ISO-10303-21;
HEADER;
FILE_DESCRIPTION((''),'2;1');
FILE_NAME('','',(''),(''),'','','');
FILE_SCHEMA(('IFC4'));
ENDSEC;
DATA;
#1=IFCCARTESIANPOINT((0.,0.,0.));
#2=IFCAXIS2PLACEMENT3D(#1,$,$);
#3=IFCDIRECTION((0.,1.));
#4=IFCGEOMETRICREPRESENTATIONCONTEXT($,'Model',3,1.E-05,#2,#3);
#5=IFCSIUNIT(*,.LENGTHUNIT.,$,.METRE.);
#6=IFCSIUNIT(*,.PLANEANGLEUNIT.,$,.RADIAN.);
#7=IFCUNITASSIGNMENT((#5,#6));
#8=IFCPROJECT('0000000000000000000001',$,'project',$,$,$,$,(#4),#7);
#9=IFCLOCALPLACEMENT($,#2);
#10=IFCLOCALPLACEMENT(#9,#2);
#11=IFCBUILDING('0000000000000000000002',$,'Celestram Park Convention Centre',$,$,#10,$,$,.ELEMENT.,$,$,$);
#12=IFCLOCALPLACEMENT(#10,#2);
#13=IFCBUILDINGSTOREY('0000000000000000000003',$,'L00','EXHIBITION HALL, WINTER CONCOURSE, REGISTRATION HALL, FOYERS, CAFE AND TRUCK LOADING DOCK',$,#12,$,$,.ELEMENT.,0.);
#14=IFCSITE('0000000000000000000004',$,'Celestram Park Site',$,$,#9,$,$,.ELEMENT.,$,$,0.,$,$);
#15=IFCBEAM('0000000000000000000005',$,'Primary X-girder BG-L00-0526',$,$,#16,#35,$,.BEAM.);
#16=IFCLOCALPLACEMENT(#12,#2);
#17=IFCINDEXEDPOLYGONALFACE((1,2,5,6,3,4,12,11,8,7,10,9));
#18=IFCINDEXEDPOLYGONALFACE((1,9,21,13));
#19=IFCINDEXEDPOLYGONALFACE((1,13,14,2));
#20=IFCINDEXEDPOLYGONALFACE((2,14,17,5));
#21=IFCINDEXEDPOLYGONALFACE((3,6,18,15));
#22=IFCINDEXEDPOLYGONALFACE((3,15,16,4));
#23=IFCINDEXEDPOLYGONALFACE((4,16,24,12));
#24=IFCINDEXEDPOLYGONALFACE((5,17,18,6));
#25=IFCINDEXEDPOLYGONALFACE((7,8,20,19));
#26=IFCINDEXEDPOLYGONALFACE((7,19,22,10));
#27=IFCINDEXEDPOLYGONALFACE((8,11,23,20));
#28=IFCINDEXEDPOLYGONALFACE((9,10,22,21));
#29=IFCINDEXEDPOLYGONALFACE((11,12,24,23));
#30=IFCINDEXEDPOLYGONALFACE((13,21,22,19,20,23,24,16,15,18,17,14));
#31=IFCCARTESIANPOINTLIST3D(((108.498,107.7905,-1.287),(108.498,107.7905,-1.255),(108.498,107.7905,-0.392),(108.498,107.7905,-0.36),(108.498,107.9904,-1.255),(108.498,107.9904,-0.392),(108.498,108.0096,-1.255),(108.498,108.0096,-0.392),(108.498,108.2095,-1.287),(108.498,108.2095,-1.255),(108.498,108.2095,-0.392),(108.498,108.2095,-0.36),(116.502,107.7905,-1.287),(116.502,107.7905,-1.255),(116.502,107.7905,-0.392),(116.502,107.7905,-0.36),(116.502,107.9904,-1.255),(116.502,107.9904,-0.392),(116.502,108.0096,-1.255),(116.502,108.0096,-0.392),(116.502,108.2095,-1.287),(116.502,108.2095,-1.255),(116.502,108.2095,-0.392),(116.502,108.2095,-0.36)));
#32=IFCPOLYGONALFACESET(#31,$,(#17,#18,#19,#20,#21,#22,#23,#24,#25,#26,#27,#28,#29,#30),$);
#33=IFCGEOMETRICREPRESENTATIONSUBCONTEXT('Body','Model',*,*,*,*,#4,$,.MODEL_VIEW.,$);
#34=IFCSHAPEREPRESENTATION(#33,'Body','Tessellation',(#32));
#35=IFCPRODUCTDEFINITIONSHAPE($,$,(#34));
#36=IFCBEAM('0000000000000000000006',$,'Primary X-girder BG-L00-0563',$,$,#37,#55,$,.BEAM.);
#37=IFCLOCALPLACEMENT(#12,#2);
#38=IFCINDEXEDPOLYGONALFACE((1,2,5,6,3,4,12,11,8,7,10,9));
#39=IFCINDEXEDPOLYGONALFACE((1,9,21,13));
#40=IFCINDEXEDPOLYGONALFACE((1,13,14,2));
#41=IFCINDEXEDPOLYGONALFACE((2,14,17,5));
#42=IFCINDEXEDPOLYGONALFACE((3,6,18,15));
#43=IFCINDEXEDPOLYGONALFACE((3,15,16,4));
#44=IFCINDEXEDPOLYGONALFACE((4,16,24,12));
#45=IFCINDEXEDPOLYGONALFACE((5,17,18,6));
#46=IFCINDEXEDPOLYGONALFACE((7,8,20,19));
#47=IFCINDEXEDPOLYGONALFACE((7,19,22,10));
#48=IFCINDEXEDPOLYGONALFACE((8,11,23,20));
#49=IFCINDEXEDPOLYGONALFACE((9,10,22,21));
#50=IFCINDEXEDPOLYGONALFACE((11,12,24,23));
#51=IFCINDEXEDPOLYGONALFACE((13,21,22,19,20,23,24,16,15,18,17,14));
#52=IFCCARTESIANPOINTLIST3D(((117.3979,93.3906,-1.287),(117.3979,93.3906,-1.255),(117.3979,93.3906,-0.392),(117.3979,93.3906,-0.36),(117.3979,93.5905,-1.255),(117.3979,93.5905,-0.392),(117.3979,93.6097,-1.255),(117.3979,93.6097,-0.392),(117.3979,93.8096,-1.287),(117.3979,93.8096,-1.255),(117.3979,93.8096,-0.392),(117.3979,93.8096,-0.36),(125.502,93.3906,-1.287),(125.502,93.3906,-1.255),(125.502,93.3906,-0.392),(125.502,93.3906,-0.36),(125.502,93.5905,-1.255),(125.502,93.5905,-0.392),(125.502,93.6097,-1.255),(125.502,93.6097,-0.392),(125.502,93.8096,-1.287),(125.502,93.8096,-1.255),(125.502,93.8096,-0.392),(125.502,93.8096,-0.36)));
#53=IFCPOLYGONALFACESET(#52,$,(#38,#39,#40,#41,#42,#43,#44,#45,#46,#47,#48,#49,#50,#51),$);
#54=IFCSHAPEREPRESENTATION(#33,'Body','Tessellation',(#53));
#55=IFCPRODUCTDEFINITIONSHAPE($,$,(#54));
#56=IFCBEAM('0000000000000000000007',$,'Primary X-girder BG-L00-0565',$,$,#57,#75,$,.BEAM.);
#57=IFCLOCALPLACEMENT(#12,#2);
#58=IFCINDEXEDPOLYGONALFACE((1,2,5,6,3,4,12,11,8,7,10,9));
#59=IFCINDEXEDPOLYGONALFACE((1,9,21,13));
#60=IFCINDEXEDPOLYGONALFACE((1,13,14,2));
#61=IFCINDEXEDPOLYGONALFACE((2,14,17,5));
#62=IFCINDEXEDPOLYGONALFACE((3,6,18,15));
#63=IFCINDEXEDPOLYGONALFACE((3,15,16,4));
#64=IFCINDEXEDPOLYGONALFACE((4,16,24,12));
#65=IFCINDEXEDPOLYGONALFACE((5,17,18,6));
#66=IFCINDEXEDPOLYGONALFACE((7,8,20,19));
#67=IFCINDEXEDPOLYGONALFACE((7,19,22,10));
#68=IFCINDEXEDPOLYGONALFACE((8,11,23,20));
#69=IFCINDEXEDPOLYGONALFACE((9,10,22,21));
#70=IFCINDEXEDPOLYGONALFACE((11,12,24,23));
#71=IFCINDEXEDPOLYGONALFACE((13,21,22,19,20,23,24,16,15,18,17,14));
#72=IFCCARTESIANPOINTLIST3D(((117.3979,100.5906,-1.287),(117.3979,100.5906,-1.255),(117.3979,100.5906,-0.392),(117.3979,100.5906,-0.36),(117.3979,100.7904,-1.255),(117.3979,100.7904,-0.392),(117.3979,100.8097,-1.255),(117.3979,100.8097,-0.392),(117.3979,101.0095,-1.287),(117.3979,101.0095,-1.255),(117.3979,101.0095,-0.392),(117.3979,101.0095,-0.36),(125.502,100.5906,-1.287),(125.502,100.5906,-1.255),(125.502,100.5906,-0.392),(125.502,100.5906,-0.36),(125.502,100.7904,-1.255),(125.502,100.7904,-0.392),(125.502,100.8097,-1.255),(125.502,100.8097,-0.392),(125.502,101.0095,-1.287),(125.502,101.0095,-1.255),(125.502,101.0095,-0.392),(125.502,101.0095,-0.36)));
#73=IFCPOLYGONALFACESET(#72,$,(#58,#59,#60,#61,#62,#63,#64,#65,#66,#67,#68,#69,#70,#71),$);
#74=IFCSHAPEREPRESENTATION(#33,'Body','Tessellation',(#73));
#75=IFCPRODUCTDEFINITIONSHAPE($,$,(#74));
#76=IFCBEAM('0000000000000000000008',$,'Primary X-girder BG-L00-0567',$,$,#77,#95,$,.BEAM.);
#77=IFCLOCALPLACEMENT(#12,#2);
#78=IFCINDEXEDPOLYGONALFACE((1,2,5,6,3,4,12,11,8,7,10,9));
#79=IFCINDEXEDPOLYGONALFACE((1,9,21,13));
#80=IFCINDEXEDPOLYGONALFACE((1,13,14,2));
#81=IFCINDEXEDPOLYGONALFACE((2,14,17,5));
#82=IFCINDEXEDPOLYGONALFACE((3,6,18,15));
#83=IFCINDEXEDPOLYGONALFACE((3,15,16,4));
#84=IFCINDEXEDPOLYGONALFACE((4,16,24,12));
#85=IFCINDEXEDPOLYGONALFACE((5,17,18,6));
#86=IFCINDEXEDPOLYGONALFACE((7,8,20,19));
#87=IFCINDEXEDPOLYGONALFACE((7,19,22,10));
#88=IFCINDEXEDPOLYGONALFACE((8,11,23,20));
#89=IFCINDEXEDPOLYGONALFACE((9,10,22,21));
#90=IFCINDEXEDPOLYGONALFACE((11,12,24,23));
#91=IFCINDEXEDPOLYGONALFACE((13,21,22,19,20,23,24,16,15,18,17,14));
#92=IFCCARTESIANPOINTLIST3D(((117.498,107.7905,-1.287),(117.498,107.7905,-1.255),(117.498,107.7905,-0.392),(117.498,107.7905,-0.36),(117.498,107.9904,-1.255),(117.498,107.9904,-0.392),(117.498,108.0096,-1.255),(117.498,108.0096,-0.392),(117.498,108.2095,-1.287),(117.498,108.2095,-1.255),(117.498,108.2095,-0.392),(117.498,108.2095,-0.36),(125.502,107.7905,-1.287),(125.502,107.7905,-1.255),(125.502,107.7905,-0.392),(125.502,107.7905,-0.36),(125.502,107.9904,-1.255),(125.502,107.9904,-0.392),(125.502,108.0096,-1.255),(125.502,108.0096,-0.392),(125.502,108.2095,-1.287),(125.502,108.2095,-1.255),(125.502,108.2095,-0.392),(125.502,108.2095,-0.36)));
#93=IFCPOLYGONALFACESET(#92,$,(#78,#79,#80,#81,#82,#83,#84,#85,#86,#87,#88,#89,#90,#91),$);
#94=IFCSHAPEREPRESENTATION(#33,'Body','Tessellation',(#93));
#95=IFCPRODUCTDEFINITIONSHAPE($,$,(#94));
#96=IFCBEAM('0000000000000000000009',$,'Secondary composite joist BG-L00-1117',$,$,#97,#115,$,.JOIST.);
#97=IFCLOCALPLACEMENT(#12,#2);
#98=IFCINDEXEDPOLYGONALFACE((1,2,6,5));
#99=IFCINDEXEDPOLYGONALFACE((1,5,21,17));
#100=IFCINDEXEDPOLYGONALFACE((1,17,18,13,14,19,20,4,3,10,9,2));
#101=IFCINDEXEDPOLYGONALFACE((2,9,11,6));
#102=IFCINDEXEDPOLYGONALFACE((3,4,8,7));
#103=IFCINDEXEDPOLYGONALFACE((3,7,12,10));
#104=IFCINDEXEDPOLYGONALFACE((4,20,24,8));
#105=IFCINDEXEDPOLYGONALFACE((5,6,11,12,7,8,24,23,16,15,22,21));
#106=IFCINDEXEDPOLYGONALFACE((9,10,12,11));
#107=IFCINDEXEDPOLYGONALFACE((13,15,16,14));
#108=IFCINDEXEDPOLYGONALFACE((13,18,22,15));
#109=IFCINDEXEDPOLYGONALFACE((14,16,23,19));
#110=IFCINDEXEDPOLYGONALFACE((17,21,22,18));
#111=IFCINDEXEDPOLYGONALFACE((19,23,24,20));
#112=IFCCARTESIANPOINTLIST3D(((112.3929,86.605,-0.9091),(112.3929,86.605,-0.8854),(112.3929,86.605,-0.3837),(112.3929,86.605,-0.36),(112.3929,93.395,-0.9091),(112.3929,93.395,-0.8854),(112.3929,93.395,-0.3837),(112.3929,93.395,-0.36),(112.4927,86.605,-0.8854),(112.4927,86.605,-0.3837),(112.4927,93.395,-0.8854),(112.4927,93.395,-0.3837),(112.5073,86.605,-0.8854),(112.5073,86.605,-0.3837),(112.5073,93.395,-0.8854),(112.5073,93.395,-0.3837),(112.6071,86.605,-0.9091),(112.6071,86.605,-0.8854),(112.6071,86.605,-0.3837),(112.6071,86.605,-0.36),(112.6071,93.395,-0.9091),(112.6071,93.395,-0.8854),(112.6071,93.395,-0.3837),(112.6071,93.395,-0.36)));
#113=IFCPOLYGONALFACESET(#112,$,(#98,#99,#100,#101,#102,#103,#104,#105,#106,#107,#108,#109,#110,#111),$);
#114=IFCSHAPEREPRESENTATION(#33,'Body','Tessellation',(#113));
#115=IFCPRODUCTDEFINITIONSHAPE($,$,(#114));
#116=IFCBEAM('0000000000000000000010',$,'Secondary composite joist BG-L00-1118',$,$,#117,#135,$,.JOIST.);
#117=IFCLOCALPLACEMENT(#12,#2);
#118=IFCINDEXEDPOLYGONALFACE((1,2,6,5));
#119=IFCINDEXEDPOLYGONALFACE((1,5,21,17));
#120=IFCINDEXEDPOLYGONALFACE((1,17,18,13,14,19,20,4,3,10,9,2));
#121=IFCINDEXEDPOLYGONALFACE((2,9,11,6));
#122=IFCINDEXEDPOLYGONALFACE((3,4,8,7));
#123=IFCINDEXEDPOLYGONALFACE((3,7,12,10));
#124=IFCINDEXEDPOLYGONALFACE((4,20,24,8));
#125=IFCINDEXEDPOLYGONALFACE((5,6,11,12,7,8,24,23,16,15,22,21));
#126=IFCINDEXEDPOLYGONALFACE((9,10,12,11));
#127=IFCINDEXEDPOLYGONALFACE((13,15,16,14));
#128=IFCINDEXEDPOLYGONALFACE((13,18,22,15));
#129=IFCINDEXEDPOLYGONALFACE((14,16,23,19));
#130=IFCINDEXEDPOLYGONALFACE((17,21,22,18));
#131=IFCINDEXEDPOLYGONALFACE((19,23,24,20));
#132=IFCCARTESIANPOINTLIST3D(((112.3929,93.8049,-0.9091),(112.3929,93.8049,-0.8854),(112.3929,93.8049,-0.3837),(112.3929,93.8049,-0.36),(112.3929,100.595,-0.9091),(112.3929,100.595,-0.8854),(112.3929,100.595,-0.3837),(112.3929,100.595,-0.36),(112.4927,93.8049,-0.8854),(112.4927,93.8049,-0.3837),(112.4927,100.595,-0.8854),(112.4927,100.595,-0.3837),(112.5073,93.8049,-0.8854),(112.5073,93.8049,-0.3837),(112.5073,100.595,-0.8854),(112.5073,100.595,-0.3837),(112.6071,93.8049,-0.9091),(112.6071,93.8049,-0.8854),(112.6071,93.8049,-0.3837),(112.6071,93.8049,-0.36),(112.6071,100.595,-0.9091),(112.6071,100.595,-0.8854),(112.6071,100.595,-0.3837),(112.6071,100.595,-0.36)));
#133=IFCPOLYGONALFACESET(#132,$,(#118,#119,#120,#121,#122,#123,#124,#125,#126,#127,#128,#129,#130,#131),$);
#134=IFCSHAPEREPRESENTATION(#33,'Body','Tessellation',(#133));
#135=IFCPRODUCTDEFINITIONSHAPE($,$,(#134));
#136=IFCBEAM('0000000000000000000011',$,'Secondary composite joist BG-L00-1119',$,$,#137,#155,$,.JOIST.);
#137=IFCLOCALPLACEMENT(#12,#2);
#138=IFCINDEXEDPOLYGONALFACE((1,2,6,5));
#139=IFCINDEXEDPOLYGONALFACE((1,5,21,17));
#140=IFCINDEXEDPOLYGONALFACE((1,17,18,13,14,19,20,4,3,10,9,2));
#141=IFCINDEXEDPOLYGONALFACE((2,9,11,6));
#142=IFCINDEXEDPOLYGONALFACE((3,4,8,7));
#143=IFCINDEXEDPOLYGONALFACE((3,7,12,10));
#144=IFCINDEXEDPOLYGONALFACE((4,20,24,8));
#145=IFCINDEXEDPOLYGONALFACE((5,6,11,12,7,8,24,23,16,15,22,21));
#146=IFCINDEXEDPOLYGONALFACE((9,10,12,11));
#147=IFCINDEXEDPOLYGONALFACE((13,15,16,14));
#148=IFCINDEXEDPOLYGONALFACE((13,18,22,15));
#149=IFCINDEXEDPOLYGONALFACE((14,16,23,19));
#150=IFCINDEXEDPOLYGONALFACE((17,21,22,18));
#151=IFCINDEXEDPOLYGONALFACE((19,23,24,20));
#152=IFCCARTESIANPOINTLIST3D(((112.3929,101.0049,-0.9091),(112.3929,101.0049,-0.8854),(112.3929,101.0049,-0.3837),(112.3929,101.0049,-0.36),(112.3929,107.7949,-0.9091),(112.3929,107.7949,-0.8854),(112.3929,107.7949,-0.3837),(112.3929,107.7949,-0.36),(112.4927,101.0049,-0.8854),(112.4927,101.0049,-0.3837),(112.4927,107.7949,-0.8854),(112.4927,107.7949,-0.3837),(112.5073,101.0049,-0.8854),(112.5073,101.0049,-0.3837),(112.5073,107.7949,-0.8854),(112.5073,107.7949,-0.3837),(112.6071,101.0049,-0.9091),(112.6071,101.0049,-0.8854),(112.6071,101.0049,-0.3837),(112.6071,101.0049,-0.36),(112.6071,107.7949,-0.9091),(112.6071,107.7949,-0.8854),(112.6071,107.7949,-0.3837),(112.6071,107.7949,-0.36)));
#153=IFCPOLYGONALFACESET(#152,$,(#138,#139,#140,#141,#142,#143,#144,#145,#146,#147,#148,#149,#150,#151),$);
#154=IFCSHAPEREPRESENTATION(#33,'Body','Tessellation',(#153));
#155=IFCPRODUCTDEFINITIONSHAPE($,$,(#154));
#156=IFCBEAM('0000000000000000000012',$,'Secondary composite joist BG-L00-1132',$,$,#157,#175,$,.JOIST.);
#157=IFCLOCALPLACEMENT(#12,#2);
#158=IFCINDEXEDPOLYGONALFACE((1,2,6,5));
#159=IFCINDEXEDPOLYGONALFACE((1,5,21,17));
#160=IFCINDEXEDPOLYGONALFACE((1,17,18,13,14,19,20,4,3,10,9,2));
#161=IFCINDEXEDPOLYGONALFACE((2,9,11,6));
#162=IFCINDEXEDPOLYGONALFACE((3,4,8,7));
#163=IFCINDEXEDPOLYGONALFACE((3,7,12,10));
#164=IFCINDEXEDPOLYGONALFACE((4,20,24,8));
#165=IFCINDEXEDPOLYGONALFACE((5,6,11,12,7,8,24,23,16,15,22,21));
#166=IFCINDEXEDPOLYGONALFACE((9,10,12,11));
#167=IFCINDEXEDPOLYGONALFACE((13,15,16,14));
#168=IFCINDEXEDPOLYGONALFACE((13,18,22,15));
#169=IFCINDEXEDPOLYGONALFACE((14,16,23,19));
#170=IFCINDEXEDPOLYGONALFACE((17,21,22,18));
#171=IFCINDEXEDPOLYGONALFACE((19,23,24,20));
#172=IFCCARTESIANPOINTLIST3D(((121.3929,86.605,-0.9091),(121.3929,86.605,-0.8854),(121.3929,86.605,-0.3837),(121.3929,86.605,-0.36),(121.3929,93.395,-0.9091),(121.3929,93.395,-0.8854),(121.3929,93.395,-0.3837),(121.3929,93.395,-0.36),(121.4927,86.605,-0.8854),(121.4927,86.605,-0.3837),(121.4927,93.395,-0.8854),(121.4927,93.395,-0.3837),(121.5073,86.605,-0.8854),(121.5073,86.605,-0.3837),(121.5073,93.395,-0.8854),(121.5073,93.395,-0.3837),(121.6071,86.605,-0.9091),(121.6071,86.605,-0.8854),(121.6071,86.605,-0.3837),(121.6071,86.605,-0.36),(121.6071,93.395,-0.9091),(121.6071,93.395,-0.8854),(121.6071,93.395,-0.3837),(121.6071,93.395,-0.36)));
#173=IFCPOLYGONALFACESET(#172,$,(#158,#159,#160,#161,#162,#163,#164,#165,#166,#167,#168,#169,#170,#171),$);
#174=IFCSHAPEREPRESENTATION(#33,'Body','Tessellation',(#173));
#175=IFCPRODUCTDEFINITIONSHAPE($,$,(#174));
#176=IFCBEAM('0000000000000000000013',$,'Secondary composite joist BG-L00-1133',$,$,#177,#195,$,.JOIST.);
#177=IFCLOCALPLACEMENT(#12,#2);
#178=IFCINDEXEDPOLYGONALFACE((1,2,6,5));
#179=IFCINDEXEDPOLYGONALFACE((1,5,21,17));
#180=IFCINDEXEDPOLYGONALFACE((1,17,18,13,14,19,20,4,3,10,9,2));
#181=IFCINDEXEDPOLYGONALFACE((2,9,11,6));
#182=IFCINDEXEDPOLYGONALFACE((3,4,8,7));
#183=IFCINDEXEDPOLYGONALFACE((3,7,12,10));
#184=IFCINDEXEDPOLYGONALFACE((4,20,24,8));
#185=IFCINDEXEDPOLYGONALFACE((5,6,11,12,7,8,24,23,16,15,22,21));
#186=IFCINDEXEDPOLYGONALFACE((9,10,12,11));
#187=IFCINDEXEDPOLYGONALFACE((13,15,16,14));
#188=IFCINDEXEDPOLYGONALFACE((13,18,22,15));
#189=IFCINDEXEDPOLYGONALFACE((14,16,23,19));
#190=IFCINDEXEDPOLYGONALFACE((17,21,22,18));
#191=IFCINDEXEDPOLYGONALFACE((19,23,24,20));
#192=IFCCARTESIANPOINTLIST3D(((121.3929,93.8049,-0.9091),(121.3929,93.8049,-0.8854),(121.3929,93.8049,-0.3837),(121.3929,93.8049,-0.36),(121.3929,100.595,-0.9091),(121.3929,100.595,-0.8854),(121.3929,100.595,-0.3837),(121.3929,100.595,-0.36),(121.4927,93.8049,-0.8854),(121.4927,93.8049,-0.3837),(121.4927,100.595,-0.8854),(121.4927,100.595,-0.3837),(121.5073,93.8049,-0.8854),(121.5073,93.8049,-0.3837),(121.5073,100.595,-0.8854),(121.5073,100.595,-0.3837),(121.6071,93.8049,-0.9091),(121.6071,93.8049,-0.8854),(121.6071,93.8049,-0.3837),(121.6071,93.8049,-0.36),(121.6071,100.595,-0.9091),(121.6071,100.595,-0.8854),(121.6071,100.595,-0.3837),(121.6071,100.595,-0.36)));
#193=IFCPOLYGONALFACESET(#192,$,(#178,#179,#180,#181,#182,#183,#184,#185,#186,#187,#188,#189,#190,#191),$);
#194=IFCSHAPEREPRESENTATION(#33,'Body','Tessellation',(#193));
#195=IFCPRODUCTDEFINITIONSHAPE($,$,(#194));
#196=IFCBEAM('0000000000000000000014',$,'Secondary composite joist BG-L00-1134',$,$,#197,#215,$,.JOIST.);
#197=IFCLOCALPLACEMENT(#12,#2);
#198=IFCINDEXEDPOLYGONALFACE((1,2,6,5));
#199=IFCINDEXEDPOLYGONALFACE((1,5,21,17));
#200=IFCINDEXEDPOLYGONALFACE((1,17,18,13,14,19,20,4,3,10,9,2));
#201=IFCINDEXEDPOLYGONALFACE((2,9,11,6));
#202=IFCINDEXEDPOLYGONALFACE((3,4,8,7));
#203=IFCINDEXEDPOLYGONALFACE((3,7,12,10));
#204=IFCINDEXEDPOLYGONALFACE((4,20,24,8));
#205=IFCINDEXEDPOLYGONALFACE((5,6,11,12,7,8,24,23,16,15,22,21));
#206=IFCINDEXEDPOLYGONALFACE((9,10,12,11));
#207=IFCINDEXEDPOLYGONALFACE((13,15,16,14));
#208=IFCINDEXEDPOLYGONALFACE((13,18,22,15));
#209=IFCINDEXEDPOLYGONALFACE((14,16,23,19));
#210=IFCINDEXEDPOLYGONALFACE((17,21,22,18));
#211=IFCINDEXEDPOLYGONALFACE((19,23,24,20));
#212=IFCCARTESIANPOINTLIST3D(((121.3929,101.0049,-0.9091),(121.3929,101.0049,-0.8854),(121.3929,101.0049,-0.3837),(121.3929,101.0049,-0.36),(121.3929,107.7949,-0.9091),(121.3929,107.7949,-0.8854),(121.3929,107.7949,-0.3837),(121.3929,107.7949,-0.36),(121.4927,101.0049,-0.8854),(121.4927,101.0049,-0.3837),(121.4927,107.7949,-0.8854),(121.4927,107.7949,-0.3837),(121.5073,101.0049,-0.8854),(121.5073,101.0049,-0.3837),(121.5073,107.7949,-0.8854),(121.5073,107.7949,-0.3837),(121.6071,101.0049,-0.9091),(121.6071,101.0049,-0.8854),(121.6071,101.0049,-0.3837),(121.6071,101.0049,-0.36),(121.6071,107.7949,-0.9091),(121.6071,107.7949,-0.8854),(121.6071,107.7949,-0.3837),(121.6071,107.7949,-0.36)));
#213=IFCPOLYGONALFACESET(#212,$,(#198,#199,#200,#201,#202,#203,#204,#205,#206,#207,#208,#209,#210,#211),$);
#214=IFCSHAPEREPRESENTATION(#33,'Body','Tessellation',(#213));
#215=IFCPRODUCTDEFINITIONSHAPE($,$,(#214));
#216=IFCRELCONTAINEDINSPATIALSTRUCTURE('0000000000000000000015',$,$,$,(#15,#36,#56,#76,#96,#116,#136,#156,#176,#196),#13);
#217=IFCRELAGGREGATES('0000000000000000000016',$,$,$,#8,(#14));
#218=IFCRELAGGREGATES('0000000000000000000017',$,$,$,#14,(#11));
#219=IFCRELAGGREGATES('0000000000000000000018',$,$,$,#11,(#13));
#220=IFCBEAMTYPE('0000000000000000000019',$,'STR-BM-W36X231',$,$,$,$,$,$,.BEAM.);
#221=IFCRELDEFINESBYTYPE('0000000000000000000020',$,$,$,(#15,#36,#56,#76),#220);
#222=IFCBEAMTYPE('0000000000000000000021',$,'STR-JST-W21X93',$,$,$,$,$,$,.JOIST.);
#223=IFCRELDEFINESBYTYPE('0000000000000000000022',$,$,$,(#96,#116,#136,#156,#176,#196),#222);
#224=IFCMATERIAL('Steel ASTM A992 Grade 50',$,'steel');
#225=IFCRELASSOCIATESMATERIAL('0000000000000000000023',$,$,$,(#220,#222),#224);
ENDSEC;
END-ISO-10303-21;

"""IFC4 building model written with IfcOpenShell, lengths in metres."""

from ifc_helpers import new_model, si_unit, direction, frame, origin, origin_2d, place, context, subcontext, project, spatial, i_section, extrude, material, material_profile, profile_set, type_object, element, save


model = new_model("IFC4")

# Units and contexts
model_context = context("Model", 3, precision=1e-05, world=origin(), true_north=direction((0.0, 1.0)))
body_context = subcontext(model_context, "Body", "Model", "MODEL_VIEW")
ifc_project = project(units=[si_unit("LENGTHUNIT", "METRE"), si_unit("PLANEANGLEUNIT", "RADIAN")], contexts=[model_context])

# Site, building, storey
site_placement = place(None, origin())
site = spatial("IfcSite", under=ifc_project, at=site_placement, Name="Celestram Park Site", CompositionType="ELEMENT", RefElevation=0.0)
building_placement = place(site_placement, origin())
building = spatial("IfcBuilding", under=site, at=building_placement, Name="Celestram Park Convention Centre", CompositionType="ELEMENT")
storey_placement = place(building_placement, origin())
storey = spatial("IfcBuildingStorey", under=building, at=storey_placement, Name="L00", Description="EXHIBITION HALL, WINTER CONCOURSE, REGISTRATION HALL, FOYERS, CAFE AND TRUCK LOADING DOCK", CompositionType="ELEMENT", Elevation=0.0)

# Beams
ifc_material_1 = material(Name="Steel ASTM A992 Grade 50", Category="steel")
ifc_material_profile_1 = material_profile(ifc_material_1, i_section(OverallWidth=0.4189, OverallDepth=0.927, WebThickness=0.0193, FlangeThickness=0.032, at=origin_2d()), Name="W36X231")
ifc_profile_set_1 = profile_set([ifc_material_profile_1], Name="Steel ASTM A992 Grade 50")
beam_type_1 = type_object("IfcBeamType", Name="STR-BM-W36X231", PredefinedType="BEAM", material=ifc_profile_set_1)
beam_1_placement = place(storey_placement, frame((108.498, 108.0, -0.8235), z_axis=(1.0, 0.0, 0.0), x_axis=(0.0, 1.0, 0.0)))
element("IfcBeam", 1, at=beam_1_placement, inside=storey, type_object=beam_type_1, Name="Primary X-girder BG-L00-0526", PredefinedType="BEAM", context=body_context, shape_type="SweptSolid", body=[
    extrude(i_section(OverallWidth=0.4189, OverallDepth=0.927, WebThickness=0.0193, FlangeThickness=0.032, at=origin_2d()), origin(), (0.0, 0.0, 1.0), 8.0039),
])
for number, where, z_axis, x_axis, name in (
    (2, (117.3979, 93.6001, -0.8235), (1.0, 0.0, 0.0), (0.0, 1.0, 0.0), "Primary X-girder BG-L00-0563"),
    (3, (117.3979, 100.8, -0.8235), (1.0, 0.0, 0.0), (0.0, 1.0, 0.0), "Primary X-girder BG-L00-0565"),
):
    element("IfcBeam", number, at=place(storey_placement, frame(where, z_axis=z_axis, x_axis=x_axis)), inside=storey, type_object=beam_type_1, Name=name, PredefinedType="BEAM", context=body_context, shape_type="SweptSolid", body=[
        extrude(i_section(OverallWidth=0.4189, OverallDepth=0.927, WebThickness=0.0193, FlangeThickness=0.032, at=origin_2d()), origin(), (0.0, 0.0, 1.0), 8.104),
    ])
beam_2_placement = place(storey_placement, frame((117.498, 108.0, -0.8235), z_axis=(1.0, 0.0, 0.0), x_axis=(0.0, 1.0, 0.0)))
element("IfcBeam", 4, at=beam_2_placement, inside=storey, type_object=beam_type_1, Name="Primary X-girder BG-L00-0567", PredefinedType="BEAM", context=body_context, shape_type="SweptSolid", body=[
    extrude(i_section(OverallWidth=0.4189, OverallDepth=0.927, WebThickness=0.0193, FlangeThickness=0.032, at=origin_2d()), origin(), (0.0, 0.0, 1.0), 8.0039),
])
ifc_material_profile_2 = material_profile(ifc_material_1, i_section(OverallWidth=0.2141, OverallDepth=0.5491, WebThickness=0.0146, FlangeThickness=0.0237, at=origin_2d()), Name="W21X93")
ifc_profile_set_2 = profile_set([ifc_material_profile_2], Name="Steel ASTM A992 Grade 50")
beam_type_2 = type_object("IfcBeamType", Name="STR-JST-W21X93", PredefinedType="JOIST", material=ifc_profile_set_2)
for number, where, z_axis, x_axis, name in (
    (5, (112.5, 86.605, -0.6345), (0.0, 1.0, 0.0), (-1.0, 0.0, 0.0), "Secondary composite joist BG-L00-1117"),
    (6, (112.5, 93.8049, -0.6345), (0.0, 1.0, 0.0), (-1.0, 0.0, 0.0), "Secondary composite joist BG-L00-1118"),
    (7, (112.5, 101.0049, -0.6345), (0.0, 1.0, 0.0), (-1.0, 0.0, 0.0), "Secondary composite joist BG-L00-1119"),
    (8, (121.5, 86.605, -0.6345), (0.0, 1.0, 0.0), (-1.0, 0.0, 0.0), "Secondary composite joist BG-L00-1132"),
    (9, (121.5, 93.8049, -0.6345), (0.0, 1.0, 0.0), (-1.0, 0.0, 0.0), "Secondary composite joist BG-L00-1133"),
    (10, (121.5, 101.0049, -0.6345), (0.0, 1.0, 0.0), (-1.0, 0.0, 0.0), "Secondary composite joist BG-L00-1134"),
):
    element("IfcBeam", number, at=place(storey_placement, frame(where, z_axis=z_axis, x_axis=x_axis)), inside=storey, type_object=beam_type_2, Name=name, PredefinedType="JOIST", context=body_context, shape_type="SweptSolid", body=[
        extrude(i_section(OverallWidth=0.2141, OverallDepth=0.5491, WebThickness=0.0146, FlangeThickness=0.0237, at=origin_2d()), origin(), (0.0, 0.0, 1.0), 6.79),
    ])

save(model, "model.ifc")
